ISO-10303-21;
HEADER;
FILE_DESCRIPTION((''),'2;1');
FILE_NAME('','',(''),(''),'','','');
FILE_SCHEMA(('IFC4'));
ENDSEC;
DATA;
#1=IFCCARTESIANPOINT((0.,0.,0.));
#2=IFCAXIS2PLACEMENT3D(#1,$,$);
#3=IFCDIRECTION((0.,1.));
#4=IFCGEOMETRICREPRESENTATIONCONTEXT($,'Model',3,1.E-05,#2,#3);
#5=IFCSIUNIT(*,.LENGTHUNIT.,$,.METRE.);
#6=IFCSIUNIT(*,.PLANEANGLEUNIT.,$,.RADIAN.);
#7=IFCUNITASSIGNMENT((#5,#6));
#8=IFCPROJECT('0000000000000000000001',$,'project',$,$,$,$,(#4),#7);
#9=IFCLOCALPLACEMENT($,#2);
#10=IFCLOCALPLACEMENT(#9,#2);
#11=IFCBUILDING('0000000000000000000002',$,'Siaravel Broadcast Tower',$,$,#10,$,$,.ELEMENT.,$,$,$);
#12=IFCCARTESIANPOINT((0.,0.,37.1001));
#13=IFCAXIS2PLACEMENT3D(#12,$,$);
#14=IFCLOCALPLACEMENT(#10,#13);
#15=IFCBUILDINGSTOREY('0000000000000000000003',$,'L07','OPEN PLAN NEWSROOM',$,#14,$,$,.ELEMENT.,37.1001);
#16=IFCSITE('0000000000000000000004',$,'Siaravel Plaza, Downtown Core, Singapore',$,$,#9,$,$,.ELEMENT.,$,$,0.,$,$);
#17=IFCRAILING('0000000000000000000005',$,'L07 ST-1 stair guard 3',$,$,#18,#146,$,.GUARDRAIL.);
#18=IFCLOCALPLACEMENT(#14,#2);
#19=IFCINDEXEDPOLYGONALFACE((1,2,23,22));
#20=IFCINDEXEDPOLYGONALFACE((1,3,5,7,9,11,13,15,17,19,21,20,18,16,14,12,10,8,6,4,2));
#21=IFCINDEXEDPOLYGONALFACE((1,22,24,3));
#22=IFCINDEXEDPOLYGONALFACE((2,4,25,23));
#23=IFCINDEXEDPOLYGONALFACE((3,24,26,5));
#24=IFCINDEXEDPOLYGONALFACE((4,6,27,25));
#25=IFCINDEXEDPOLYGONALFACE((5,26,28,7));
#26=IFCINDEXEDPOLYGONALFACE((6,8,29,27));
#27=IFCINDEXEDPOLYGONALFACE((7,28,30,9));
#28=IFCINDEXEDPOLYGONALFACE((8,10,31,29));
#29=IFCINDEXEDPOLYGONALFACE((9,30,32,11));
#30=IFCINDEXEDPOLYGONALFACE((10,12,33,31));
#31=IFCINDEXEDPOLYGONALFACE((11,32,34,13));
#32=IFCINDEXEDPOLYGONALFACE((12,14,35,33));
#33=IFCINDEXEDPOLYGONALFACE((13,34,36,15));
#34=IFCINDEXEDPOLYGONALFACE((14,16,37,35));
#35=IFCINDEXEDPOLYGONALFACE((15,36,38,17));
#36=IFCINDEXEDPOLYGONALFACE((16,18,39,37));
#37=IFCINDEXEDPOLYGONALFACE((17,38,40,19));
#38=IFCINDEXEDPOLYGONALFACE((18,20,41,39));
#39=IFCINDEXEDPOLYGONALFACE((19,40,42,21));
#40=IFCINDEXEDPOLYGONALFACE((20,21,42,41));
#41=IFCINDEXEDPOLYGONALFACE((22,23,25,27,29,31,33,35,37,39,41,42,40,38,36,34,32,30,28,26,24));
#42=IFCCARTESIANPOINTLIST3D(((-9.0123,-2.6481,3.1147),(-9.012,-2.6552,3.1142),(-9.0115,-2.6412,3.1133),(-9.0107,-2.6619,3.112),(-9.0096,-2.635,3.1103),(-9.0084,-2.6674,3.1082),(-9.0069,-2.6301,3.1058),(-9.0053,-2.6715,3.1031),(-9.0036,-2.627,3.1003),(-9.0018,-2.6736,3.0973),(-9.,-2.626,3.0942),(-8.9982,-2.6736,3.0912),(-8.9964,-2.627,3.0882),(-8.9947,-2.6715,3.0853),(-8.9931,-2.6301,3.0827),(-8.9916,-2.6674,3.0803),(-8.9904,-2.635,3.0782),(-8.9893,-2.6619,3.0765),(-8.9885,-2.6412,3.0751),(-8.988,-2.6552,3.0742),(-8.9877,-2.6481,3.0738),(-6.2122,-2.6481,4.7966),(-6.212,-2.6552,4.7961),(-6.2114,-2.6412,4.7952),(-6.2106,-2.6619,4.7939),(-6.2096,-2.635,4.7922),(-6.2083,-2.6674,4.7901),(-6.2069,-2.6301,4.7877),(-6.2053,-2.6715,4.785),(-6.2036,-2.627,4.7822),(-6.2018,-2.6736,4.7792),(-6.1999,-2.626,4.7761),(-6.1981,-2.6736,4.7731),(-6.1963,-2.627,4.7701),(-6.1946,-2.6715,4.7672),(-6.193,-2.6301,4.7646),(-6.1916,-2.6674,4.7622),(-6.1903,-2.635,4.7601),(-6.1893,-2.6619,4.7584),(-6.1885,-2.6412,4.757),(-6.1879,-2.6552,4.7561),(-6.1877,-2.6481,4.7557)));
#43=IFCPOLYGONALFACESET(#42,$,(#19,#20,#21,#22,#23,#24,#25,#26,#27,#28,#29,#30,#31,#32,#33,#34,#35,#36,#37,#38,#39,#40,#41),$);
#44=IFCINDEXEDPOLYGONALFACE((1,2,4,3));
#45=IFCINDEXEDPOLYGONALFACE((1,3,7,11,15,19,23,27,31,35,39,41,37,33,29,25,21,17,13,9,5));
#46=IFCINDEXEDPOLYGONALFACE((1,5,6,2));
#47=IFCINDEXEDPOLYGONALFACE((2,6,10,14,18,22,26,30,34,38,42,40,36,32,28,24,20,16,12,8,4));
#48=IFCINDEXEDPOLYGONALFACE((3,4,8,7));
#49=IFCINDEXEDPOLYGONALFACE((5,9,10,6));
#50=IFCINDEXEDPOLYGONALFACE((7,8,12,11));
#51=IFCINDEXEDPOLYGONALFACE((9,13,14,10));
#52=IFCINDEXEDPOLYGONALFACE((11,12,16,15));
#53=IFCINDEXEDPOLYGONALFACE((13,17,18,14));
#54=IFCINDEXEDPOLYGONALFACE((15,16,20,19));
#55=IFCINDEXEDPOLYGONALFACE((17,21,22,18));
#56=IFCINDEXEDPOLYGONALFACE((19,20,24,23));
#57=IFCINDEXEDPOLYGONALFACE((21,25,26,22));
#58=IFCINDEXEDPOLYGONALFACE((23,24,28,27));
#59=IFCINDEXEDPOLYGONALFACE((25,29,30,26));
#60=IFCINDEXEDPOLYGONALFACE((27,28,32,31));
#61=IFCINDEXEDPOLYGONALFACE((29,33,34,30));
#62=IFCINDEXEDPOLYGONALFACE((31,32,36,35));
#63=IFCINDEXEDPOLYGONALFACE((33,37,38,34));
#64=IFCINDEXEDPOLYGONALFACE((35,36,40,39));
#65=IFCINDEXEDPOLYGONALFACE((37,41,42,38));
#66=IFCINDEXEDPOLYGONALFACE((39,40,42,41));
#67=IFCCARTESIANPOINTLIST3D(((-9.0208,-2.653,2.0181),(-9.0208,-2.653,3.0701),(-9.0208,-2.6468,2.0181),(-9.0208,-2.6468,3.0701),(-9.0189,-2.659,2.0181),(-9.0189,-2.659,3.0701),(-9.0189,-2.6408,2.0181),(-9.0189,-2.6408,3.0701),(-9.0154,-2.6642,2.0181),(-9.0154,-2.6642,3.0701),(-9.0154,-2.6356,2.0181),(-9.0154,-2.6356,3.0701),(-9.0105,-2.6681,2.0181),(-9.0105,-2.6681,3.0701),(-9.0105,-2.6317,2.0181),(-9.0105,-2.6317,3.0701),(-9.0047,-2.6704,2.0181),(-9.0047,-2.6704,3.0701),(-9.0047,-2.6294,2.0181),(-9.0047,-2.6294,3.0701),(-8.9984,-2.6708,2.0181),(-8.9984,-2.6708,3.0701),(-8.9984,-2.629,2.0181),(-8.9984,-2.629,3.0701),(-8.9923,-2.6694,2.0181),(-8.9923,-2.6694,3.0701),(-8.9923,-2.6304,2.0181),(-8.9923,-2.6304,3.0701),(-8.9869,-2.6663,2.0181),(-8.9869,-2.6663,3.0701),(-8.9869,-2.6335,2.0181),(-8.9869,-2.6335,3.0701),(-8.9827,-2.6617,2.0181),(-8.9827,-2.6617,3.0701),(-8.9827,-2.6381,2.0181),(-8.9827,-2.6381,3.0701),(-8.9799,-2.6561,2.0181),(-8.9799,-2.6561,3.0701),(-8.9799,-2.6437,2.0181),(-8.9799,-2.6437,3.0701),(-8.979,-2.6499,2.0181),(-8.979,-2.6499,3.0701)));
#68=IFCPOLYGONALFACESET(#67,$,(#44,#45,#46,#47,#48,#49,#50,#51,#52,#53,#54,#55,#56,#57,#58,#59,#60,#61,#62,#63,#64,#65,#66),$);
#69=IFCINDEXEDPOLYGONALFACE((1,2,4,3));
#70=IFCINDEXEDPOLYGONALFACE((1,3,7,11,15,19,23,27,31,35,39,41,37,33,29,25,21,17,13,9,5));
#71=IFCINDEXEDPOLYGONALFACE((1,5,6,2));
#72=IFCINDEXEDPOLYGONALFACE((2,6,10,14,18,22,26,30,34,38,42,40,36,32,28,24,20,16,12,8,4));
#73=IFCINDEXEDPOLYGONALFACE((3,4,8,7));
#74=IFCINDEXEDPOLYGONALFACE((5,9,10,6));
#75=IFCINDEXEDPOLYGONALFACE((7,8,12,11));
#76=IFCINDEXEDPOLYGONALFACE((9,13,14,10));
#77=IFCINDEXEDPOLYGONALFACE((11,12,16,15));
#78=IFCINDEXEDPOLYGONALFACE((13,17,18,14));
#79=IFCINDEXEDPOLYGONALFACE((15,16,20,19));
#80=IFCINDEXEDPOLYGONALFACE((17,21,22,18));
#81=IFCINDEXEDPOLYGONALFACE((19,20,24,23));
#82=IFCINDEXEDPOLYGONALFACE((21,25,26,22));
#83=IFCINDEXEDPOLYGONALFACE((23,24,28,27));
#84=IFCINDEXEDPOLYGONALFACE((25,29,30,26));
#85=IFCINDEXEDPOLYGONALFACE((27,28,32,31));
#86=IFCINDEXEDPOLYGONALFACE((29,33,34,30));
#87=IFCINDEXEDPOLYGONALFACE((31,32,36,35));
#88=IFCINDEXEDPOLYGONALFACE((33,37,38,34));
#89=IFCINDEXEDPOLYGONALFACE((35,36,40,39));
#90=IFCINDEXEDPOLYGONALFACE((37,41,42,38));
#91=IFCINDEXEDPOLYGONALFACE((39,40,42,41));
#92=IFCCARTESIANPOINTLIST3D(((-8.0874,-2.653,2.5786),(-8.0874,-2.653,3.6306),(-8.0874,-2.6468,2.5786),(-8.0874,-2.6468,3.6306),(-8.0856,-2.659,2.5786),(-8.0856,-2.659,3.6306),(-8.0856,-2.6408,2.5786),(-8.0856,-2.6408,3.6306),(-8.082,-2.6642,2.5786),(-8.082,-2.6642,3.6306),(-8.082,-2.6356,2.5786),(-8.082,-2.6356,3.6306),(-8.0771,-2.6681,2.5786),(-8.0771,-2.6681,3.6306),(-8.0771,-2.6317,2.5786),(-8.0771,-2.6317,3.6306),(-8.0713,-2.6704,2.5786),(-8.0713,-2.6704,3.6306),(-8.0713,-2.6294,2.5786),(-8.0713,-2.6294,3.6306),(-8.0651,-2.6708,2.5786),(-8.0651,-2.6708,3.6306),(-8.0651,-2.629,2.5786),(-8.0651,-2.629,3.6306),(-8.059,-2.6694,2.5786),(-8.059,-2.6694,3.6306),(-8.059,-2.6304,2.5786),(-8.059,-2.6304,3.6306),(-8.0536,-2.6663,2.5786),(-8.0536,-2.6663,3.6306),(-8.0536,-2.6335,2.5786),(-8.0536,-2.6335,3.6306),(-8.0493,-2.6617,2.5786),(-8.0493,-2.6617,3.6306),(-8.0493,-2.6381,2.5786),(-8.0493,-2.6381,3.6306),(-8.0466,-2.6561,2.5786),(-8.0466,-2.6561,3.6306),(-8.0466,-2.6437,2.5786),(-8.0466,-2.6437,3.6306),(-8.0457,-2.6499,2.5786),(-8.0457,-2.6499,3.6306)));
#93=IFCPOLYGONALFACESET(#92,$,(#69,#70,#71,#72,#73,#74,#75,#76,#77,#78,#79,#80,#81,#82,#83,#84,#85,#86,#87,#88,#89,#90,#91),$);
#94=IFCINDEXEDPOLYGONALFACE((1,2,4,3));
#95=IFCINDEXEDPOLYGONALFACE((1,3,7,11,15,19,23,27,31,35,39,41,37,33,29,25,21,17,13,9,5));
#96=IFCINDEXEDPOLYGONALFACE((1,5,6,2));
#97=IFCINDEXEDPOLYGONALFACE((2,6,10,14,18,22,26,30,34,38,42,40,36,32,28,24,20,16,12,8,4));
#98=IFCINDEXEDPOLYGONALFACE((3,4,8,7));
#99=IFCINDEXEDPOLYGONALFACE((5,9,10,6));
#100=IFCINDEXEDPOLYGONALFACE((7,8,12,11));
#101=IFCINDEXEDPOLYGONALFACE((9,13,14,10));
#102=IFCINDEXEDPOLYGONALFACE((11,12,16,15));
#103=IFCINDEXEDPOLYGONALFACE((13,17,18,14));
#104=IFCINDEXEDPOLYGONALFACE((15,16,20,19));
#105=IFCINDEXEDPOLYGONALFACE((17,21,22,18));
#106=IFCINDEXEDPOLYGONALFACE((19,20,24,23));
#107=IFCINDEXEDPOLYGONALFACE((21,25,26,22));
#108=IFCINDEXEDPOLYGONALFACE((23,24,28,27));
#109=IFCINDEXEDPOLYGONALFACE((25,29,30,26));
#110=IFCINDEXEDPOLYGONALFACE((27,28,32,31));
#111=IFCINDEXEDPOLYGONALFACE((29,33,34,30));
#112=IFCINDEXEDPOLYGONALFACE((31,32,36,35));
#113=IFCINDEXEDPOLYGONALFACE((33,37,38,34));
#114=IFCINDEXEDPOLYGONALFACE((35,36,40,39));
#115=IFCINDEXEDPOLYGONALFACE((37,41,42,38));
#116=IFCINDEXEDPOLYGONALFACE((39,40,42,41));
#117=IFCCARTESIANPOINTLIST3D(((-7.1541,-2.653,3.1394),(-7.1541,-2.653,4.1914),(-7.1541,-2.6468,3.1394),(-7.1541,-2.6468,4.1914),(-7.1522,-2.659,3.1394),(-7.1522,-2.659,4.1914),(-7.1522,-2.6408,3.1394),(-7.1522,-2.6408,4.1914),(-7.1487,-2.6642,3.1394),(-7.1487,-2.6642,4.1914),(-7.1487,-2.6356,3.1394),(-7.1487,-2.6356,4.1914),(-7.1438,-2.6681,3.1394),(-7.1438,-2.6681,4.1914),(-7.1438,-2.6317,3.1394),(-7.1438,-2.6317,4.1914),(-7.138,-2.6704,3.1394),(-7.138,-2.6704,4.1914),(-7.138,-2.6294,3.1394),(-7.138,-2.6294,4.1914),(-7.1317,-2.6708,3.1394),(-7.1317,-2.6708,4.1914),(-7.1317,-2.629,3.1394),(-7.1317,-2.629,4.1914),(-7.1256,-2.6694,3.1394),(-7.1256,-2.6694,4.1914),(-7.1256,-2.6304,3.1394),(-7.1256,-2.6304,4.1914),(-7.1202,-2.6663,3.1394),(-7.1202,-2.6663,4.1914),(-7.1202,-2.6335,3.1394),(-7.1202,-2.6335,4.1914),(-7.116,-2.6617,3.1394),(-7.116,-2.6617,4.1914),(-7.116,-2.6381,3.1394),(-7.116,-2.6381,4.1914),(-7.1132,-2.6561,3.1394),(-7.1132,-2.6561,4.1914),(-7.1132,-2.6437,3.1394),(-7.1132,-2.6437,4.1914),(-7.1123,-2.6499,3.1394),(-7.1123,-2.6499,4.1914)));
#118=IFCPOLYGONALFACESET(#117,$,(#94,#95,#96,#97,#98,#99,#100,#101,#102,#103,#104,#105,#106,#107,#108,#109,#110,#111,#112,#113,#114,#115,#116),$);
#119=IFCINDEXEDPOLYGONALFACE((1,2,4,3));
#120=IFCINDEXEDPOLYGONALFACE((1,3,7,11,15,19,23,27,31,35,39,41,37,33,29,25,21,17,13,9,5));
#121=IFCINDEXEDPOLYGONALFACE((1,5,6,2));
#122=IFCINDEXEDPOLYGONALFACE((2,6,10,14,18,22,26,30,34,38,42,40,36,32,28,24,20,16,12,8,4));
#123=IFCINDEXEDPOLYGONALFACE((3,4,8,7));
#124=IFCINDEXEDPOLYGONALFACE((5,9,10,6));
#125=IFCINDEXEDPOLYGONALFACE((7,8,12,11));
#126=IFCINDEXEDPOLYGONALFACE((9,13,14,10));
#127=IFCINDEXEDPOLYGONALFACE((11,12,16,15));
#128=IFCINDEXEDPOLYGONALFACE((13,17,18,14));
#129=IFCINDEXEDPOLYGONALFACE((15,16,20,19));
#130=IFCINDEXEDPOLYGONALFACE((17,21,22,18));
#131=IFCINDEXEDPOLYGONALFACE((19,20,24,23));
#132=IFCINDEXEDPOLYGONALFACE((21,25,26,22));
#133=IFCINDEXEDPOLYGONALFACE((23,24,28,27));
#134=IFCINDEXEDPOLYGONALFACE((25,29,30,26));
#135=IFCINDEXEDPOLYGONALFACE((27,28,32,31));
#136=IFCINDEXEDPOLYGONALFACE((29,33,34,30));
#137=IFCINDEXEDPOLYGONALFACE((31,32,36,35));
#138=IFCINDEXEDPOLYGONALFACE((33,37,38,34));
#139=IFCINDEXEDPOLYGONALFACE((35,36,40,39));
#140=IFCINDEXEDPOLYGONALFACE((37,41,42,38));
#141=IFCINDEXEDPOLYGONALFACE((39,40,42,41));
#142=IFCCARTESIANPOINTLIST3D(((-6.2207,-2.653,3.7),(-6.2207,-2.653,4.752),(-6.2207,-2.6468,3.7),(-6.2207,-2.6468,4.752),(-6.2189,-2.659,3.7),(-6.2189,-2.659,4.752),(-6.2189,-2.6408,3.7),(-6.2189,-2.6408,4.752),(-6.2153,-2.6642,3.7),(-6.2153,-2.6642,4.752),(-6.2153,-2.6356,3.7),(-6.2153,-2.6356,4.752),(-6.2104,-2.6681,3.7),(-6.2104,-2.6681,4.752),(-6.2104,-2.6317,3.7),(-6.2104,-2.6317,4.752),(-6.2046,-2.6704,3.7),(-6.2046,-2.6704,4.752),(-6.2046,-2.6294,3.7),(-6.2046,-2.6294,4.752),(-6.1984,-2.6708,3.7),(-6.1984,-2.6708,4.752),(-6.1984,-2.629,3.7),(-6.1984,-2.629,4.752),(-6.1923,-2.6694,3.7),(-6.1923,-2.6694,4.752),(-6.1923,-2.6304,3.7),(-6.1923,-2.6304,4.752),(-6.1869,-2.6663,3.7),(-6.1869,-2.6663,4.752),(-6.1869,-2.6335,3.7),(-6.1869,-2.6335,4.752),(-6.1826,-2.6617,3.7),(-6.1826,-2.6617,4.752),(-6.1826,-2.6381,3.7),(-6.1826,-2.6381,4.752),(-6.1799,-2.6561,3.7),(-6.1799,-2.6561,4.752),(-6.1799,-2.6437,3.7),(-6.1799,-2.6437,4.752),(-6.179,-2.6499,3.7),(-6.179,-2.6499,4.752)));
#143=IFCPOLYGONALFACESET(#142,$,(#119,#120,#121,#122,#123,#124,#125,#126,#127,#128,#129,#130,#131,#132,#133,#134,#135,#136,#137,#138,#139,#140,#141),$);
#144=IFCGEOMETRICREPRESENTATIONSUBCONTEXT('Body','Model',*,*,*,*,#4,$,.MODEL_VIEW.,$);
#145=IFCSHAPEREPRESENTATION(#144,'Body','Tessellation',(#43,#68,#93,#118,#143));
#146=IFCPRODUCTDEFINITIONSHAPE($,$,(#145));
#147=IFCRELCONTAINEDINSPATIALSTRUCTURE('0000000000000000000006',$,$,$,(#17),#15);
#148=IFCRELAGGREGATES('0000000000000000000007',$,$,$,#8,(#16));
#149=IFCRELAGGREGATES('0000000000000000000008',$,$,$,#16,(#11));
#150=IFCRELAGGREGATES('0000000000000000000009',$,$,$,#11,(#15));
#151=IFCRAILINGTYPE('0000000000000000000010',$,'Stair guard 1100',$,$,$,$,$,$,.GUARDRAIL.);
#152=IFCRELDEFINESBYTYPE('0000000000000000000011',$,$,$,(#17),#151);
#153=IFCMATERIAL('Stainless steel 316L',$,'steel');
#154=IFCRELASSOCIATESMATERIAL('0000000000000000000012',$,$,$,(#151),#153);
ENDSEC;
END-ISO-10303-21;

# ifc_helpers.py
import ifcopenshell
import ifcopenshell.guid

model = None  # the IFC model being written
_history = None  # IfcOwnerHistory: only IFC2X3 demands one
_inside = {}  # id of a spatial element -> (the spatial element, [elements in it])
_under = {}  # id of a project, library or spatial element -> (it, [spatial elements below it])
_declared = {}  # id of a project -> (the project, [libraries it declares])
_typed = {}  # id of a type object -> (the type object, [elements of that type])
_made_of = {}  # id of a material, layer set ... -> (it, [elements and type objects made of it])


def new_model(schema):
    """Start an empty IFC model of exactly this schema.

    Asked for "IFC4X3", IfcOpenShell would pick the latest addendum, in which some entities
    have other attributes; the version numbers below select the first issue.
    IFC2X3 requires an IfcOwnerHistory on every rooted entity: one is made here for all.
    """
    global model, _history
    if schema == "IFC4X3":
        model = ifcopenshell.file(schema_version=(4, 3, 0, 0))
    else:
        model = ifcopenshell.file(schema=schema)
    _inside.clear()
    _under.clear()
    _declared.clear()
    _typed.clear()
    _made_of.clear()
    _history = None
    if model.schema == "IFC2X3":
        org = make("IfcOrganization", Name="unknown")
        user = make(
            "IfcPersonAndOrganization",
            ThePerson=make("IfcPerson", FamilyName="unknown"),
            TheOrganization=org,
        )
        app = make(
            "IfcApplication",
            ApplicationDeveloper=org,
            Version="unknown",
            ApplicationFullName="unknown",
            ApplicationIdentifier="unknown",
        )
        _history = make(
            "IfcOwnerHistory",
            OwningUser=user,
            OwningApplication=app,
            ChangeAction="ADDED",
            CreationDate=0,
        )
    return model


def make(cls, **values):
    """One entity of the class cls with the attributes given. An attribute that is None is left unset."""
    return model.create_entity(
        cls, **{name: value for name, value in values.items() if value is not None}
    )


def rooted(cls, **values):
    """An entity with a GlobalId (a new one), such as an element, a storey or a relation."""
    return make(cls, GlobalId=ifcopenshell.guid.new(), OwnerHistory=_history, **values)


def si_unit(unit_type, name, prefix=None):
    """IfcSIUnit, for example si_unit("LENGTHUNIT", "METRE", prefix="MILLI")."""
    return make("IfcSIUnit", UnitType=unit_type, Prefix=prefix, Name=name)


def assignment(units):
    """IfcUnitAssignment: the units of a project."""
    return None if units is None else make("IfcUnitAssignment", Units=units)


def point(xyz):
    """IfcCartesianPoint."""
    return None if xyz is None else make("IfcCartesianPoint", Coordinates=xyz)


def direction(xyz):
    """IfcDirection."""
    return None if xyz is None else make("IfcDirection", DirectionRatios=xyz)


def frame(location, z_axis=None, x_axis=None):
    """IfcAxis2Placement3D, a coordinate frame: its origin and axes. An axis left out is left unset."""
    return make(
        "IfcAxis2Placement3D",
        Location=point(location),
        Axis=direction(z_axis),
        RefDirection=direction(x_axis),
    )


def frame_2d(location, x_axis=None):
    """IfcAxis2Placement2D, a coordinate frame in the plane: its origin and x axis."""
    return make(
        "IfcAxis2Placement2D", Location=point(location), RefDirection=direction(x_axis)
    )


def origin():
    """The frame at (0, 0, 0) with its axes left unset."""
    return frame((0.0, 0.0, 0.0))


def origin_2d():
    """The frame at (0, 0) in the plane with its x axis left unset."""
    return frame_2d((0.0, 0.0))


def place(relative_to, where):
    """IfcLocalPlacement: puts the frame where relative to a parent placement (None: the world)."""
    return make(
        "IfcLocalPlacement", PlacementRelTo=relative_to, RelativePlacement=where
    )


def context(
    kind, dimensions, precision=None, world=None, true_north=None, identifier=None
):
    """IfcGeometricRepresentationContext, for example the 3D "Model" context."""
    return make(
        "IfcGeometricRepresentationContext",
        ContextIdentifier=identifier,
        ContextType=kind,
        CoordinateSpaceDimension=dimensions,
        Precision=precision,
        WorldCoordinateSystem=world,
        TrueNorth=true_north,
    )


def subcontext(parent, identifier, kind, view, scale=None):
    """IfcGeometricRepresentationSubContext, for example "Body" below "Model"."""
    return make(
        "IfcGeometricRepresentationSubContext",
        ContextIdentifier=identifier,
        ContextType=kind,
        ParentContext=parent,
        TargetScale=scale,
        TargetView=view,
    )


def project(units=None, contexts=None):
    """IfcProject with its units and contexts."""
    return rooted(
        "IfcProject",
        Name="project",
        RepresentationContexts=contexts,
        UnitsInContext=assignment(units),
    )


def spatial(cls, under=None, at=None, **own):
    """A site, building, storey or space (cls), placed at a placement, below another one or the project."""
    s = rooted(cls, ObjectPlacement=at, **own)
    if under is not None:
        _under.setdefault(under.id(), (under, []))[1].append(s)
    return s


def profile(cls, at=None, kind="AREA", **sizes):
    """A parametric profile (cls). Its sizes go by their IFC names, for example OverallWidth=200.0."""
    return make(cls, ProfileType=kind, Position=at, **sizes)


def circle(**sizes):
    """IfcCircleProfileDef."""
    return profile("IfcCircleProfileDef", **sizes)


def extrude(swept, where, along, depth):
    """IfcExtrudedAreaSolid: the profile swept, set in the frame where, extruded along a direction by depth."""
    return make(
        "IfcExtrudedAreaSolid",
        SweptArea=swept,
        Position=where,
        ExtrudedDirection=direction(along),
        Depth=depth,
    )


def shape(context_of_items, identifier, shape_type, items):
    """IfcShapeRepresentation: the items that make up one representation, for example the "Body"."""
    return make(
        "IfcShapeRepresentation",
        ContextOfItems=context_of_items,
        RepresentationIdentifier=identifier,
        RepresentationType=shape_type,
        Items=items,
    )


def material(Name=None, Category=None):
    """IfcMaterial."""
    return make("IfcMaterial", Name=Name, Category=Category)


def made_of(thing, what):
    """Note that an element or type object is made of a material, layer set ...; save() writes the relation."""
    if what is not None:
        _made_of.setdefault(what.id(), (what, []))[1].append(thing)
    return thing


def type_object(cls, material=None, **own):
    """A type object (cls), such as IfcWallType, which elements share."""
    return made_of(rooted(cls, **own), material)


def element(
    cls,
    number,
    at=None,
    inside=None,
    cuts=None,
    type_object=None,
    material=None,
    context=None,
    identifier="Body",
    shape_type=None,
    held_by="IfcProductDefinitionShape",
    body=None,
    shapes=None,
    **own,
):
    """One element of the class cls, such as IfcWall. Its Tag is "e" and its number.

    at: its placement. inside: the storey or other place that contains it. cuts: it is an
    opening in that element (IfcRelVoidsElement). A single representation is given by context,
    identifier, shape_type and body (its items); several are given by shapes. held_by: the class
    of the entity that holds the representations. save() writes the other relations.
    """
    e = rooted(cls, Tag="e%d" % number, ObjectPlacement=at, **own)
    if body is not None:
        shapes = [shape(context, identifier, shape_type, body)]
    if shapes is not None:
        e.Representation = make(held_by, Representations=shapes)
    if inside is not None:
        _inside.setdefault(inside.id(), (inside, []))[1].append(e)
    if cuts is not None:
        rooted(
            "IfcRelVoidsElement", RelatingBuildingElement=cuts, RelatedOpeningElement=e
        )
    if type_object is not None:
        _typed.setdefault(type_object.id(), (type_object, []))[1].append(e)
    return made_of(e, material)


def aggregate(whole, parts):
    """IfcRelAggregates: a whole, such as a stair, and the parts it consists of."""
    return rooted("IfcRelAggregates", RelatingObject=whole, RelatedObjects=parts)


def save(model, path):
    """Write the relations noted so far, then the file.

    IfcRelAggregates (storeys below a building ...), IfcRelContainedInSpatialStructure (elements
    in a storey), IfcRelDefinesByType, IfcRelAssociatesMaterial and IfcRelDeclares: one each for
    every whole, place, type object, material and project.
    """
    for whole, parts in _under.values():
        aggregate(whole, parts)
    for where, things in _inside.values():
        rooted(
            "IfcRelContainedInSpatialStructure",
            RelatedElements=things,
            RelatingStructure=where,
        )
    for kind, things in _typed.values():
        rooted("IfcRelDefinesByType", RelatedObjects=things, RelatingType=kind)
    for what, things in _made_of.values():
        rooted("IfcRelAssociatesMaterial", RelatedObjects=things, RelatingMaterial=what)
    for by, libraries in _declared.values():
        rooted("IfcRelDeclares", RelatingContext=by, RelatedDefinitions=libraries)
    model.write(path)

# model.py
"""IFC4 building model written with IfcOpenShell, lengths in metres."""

from ifc_helpers import new_model, si_unit, direction, frame, origin, origin_2d, place, context, subcontext, project, spatial, circle, extrude, material, type_object, element, save


model = new_model("IFC4")

# Units and contexts
model_context = context("Model", 3, precision=1e-05, world=origin(), true_north=direction((0.0, 1.0)))
body_context = subcontext(model_context, "Body", "Model", "MODEL_VIEW")
ifc_project = project(units=[si_unit("LENGTHUNIT", "METRE"), si_unit("PLANEANGLEUNIT", "RADIAN")], contexts=[model_context])

# Site, building, storey
site_placement = place(None, origin())
site = spatial("IfcSite", under=ifc_project, at=site_placement, Name="Siaravel Plaza, Downtown Core, Singapore", CompositionType="ELEMENT", RefElevation=0.0)
building_placement = place(site_placement, origin())
building = spatial("IfcBuilding", under=site, at=building_placement, Name="Siaravel Broadcast Tower", CompositionType="ELEMENT")
storey_placement = place(building_placement, frame((0.0, 0.0, 37.1001)))
storey = spatial("IfcBuildingStorey", under=building, at=storey_placement, Name="L07", Description="OPEN PLAN NEWSROOM", CompositionType="ELEMENT", Elevation=37.1001)

# Shared definitions
ifc_material_1 = material(Name="Stainless steel 316L", Category="steel")

# Railing
railing_type_1 = type_object("IfcRailingType", Name="Stair guard 1100", PredefinedType="GUARDRAIL", material=ifc_material_1)
railing_1_placement = place(storey_placement, frame((-9.0, -2.6499, 2.0181)))
element("IfcRailing", 1, at=railing_1_placement, inside=storey, type_object=railing_type_1, Name="L07 ST-1 stair guard 3", PredefinedType="GUARDRAIL", context=body_context, shape_type="SweptSolid", body=[
    extrude(circle(Radius=0.0239, at=origin_2d()), frame((0.0, 0.0, 1.0762), z_axis=(0.857242, 0.0, 0.514913), x_axis=(0.0, 1.0, 0.0)), (0.0, 0.0, 1.0), 3.2664),
    extrude(circle(Radius=0.021, at=origin_2d()), origin(), (0.0, 0.0, 1.0), 1.052),
    extrude(circle(Radius=0.021, at=origin_2d()), frame((0.9333, 0.0, 0.5605)), (0.0, 0.0, 1.0), 1.052),
    extrude(circle(Radius=0.021, at=origin_2d()), frame((1.8667, 0.0, 1.1213)), (0.0, 0.0, 1.0), 1.052),
    extrude(circle(Radius=0.021, at=origin_2d()), frame((2.8, 0.0, 1.6819)), (0.0, 0.0, 1.0), 1.052),
])

save(model, "model.ifc")
